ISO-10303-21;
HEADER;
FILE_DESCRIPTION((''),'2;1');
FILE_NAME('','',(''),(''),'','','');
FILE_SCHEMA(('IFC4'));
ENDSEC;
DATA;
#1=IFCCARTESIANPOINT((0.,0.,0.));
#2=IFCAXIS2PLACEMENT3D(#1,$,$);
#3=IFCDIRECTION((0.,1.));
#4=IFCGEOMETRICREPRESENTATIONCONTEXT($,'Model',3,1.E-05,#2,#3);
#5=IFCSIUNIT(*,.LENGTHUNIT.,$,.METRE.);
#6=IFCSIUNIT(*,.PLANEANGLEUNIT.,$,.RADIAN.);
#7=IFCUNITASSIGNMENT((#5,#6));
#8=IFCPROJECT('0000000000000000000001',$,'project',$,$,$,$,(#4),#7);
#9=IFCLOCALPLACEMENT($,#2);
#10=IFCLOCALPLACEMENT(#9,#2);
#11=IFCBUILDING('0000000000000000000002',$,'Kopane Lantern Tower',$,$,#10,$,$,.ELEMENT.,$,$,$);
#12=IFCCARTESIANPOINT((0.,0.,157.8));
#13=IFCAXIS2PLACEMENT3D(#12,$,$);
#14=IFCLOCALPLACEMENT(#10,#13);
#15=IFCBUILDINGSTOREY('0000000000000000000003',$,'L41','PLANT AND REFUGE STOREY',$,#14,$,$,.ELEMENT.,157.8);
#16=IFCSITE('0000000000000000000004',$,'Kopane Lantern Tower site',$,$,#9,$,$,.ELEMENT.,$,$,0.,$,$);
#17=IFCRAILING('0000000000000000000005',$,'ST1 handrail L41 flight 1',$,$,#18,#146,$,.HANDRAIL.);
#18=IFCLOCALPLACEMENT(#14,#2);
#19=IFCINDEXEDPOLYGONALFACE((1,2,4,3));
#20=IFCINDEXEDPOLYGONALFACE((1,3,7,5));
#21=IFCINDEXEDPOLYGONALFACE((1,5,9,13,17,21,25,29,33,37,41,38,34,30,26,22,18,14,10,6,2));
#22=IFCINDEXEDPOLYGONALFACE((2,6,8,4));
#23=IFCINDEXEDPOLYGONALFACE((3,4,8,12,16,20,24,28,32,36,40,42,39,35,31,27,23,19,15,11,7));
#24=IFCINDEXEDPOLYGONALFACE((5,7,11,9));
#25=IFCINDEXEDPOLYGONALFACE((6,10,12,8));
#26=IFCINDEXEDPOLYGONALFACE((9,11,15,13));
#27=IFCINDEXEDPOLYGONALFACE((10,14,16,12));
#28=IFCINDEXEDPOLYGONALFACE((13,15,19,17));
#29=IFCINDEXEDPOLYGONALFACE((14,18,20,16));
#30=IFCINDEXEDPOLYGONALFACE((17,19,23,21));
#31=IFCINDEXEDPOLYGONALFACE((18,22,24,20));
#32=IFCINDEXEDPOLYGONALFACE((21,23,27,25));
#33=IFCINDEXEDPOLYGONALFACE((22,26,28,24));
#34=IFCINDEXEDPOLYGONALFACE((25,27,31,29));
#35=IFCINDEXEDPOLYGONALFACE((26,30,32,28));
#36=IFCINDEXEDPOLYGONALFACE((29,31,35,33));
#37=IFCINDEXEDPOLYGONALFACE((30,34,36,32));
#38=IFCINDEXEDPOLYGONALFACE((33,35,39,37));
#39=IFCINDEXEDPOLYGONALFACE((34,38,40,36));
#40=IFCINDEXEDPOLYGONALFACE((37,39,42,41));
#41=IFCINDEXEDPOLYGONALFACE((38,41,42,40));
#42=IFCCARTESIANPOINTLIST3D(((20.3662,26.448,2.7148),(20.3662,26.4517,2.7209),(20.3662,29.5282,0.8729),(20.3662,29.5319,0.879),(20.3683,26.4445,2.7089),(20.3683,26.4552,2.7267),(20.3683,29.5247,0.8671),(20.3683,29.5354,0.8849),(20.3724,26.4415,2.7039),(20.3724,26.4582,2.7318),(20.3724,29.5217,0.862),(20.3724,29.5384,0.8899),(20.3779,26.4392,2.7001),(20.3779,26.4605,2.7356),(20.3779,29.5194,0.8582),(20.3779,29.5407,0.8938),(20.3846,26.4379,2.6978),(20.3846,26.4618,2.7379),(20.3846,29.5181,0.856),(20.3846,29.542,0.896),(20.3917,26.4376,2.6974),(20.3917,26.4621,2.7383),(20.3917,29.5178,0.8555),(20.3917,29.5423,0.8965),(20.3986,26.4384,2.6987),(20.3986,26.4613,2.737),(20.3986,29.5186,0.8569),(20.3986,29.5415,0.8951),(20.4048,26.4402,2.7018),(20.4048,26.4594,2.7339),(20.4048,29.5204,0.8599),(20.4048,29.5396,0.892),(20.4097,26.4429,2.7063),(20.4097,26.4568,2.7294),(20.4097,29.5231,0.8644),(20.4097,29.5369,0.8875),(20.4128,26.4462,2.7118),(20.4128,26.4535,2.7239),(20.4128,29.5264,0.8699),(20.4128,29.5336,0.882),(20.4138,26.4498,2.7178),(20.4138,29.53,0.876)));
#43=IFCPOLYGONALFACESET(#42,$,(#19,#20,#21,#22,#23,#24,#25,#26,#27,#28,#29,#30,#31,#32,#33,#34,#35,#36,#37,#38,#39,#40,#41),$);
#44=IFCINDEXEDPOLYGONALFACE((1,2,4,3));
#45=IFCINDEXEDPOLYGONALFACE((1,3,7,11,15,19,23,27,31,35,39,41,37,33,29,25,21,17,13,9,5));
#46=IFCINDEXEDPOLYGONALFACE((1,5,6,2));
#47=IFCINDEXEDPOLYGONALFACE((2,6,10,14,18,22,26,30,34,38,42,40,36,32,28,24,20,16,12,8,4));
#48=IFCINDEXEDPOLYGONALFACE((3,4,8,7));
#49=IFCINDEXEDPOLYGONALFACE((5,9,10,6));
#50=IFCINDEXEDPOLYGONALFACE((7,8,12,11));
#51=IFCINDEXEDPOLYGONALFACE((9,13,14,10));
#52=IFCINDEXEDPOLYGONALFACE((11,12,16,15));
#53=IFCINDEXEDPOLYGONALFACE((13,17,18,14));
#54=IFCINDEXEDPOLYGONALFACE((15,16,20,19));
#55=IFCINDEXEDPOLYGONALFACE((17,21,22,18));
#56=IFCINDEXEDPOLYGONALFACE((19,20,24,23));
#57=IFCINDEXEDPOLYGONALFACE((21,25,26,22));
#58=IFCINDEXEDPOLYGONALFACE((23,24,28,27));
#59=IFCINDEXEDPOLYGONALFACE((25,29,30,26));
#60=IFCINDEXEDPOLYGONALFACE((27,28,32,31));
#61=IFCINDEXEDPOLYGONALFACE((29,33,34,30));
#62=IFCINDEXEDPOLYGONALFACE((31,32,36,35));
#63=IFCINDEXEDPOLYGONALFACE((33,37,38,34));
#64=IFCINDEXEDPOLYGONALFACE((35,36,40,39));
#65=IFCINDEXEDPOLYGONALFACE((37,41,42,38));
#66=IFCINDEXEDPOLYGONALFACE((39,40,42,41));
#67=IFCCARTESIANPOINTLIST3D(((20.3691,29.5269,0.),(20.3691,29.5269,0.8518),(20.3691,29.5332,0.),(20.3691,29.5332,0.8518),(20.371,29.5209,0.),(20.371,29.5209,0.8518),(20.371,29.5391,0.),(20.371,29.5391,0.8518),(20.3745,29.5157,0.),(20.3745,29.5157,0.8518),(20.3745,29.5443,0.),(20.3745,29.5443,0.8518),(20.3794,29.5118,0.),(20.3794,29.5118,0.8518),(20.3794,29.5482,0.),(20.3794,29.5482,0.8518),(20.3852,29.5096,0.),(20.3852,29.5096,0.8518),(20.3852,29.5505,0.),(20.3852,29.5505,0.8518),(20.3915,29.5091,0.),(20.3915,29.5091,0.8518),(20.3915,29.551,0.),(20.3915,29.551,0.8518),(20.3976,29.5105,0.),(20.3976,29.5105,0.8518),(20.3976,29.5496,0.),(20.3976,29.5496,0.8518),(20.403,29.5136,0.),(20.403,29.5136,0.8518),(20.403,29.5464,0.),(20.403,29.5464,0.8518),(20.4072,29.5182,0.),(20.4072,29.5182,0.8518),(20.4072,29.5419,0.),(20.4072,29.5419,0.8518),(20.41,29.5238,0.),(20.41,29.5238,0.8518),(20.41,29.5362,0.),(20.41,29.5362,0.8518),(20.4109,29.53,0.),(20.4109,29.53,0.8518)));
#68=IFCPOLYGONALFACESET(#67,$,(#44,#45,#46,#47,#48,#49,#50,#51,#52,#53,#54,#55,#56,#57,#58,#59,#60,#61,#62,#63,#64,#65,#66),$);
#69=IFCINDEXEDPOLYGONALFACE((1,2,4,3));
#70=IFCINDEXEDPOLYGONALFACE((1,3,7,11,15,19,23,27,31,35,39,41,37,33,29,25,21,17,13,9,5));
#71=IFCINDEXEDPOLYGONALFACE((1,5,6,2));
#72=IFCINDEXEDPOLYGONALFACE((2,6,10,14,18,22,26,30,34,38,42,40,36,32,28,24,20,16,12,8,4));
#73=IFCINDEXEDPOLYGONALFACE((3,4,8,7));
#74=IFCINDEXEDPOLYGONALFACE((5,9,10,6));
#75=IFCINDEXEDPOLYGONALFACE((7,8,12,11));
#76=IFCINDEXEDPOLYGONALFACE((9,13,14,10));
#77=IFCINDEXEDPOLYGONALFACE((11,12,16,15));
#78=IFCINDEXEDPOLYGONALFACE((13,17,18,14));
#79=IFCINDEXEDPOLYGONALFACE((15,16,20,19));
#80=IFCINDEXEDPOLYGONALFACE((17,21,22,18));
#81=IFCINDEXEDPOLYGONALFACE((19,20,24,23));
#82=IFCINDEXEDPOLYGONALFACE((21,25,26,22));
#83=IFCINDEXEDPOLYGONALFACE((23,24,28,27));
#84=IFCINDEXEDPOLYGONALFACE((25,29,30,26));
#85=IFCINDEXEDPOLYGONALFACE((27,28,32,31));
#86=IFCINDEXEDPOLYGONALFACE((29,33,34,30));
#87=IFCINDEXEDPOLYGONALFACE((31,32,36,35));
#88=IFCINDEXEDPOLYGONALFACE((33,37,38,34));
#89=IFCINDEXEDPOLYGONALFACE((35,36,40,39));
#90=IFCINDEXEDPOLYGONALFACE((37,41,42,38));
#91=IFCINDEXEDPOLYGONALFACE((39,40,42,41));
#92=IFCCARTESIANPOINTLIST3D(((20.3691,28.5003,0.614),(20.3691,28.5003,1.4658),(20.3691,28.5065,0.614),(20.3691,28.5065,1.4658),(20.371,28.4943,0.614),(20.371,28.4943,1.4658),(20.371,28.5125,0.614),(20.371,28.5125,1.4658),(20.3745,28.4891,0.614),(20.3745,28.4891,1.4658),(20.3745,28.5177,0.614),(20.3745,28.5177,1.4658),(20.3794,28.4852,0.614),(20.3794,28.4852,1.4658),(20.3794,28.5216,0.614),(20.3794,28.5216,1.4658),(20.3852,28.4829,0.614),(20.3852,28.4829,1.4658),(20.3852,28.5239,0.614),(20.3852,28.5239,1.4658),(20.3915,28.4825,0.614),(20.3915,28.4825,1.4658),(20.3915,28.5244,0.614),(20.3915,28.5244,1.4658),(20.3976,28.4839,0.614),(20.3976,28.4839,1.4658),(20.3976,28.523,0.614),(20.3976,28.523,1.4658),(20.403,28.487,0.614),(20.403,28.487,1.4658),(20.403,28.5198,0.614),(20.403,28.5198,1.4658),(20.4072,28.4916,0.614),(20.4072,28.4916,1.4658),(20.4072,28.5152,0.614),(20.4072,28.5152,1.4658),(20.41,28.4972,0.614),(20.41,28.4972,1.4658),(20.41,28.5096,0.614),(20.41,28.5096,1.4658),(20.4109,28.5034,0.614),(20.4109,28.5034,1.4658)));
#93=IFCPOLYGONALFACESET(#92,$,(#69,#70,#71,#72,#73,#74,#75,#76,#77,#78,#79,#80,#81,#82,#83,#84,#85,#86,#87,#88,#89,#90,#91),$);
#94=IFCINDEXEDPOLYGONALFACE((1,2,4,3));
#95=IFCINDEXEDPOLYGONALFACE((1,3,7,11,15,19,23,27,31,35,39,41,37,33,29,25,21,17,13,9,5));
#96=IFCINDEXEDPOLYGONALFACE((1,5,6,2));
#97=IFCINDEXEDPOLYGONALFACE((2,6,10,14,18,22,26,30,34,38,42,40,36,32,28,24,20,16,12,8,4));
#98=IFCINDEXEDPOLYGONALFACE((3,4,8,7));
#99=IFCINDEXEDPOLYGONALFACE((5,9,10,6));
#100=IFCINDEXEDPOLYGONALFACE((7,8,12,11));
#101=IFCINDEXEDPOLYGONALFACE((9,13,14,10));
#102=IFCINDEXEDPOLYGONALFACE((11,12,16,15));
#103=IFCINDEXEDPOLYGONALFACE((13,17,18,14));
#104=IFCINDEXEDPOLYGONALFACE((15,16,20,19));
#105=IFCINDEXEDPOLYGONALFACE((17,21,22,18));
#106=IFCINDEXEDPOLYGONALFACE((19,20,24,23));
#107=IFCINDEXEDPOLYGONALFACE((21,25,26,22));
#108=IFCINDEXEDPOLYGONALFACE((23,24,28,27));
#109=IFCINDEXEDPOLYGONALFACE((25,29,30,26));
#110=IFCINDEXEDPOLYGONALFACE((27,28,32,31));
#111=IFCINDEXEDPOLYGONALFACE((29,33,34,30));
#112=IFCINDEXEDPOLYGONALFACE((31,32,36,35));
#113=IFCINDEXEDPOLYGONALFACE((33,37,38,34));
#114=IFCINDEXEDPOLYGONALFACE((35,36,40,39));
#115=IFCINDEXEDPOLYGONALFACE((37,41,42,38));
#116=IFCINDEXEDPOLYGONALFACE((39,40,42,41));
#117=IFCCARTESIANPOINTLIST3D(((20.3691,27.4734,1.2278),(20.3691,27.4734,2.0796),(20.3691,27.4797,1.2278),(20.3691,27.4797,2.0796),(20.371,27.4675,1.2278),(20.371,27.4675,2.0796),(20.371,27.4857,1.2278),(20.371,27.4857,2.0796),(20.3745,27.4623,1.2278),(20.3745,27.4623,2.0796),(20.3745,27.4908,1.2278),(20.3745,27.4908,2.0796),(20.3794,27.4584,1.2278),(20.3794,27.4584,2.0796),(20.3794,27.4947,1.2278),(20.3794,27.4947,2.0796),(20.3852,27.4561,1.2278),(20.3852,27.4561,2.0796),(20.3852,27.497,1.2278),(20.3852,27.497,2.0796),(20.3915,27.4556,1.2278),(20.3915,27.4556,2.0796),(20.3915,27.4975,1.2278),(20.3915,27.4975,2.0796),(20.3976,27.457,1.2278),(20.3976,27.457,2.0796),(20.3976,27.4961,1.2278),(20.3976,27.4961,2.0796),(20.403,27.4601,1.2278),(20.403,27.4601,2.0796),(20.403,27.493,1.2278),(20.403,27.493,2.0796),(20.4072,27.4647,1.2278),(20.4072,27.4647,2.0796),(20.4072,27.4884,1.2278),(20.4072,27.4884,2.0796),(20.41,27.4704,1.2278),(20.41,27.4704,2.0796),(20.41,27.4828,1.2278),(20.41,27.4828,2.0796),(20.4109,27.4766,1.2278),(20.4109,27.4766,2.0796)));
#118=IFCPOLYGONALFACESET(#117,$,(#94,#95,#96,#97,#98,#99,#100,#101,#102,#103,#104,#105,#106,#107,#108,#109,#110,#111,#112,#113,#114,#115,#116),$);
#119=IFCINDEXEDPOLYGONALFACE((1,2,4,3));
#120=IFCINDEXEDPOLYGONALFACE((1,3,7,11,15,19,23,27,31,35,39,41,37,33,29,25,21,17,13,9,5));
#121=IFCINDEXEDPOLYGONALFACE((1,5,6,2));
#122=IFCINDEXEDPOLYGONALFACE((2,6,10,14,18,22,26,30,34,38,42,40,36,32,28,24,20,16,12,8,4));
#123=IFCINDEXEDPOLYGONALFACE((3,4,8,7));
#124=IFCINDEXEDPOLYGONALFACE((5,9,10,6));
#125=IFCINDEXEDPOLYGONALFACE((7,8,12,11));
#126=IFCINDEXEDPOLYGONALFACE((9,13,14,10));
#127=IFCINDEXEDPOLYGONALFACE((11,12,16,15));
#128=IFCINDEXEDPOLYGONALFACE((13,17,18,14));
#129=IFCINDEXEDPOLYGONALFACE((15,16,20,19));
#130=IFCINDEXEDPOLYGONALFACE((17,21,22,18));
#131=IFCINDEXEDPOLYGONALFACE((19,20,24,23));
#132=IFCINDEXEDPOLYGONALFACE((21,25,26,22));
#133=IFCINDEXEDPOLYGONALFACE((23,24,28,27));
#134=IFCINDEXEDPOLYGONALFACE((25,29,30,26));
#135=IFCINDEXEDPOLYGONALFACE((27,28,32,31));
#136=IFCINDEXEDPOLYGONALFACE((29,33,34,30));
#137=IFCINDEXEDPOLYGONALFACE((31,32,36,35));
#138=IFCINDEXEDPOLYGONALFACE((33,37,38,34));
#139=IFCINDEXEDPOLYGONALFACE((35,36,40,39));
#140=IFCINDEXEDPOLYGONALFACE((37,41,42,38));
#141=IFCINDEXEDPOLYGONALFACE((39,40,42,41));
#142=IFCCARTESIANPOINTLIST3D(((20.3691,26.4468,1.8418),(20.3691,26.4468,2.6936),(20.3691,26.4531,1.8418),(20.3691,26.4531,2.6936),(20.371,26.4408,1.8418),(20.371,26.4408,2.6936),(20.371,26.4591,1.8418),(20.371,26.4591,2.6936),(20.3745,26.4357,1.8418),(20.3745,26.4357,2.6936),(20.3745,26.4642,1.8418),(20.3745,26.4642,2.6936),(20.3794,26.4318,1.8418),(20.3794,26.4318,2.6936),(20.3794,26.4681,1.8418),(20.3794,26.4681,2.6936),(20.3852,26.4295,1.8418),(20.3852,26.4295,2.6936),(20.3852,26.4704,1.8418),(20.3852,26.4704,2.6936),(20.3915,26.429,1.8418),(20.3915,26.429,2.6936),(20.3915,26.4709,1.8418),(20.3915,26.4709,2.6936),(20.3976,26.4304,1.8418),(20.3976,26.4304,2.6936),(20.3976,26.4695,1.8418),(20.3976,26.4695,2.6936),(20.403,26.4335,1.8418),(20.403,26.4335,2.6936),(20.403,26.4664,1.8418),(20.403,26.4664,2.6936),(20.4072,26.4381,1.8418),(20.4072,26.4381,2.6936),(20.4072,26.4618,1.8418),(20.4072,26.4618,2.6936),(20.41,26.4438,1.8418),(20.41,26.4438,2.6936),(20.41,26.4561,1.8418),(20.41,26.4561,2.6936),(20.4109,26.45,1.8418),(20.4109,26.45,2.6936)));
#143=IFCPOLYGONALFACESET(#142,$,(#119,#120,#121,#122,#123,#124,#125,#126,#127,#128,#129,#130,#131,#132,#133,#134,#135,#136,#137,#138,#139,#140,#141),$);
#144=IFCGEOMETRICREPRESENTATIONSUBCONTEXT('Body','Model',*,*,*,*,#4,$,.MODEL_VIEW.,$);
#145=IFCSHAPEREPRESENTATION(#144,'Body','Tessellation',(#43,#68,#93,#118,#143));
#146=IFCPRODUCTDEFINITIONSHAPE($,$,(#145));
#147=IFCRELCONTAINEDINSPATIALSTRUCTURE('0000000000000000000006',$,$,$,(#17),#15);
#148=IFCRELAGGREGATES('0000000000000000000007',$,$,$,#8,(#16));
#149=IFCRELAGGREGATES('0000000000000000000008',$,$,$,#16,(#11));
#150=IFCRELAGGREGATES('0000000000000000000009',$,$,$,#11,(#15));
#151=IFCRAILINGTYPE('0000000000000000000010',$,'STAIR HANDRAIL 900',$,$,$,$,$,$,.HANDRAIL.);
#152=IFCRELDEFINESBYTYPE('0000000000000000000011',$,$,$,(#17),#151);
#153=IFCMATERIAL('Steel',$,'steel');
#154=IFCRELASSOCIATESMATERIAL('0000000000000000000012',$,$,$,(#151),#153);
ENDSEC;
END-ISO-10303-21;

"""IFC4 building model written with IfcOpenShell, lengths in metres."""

from ifc_helpers import new_model, si_unit, direction, frame, origin, origin_2d, place, context, subcontext, project, spatial, circle, extrude, material, type_object, element, save


model = new_model("IFC4")

# Units and contexts
model_context = context("Model", 3, precision=1e-05, world=origin(), true_north=direction((0.0, 1.0)))
body_context = subcontext(model_context, "Body", "Model", "MODEL_VIEW")
ifc_project = project(units=[si_unit("LENGTHUNIT", "METRE"), si_unit("PLANEANGLEUNIT", "RADIAN")], contexts=[model_context])

# Site, building, storey
site_placement = place(None, origin())
site = spatial("IfcSite", under=ifc_project, at=site_placement, Name="Kopane Lantern Tower site", CompositionType="ELEMENT", RefElevation=0.0)
building_placement = place(site_placement, origin())
building = spatial("IfcBuilding", under=site, at=building_placement, Name="Kopane Lantern Tower", CompositionType="ELEMENT")
storey_placement = place(building_placement, frame((0.0, 0.0, 157.8)))
storey = spatial("IfcBuildingStorey", under=building, at=storey_placement, Name="L41", Description="PLANT AND REFUGE STOREY", CompositionType="ELEMENT", Elevation=157.8)

# Railing
ifc_material_1 = material(Name="Steel", Category="steel")
railing_type = type_object("IfcRailingType", Name="STAIR HANDRAIL 900", PredefinedType="HANDRAIL", material=ifc_material_1)
for number, where, name in (
    (1, (20.3899, 29.53, 0.0), "ST1 handrail L41 flight 1"),
):
    element("IfcRailing", number, at=place(storey_placement, frame(where)), inside=storey, type_object=railing_type, Name=name, PredefinedType="HANDRAIL", context=body_context, shape_type="SweptSolid", body=[
        extrude(circle(Radius=0.0239, at=origin_2d()), frame((0.0, 0.0, 0.876), z_axis=(0.0, -0.85826, 0.513215), x_axis=(1.0, 0.0, 0.0)), (0.0, 0.0, 1.0), 3.5889),
        extrude(circle(Radius=0.021, at=origin_2d()), origin(), (0.0, 0.0, 1.0), 0.8518),
        extrude(circle(Radius=0.021, at=origin_2d()), frame((0.0, -1.0266, 0.614)), (0.0, 0.0, 1.0), 0.8518),
        extrude(circle(Radius=0.021, at=origin_2d()), frame((0.0, -2.0535, 1.2278)), (0.0, 0.0, 1.0), 0.8518),
        extrude(circle(Radius=0.021, at=origin_2d()), frame((0.0, -3.0801, 1.8418)), (0.0, 0.0, 1.0), 0.8518),
    ])

save(model, "model.ifc")
